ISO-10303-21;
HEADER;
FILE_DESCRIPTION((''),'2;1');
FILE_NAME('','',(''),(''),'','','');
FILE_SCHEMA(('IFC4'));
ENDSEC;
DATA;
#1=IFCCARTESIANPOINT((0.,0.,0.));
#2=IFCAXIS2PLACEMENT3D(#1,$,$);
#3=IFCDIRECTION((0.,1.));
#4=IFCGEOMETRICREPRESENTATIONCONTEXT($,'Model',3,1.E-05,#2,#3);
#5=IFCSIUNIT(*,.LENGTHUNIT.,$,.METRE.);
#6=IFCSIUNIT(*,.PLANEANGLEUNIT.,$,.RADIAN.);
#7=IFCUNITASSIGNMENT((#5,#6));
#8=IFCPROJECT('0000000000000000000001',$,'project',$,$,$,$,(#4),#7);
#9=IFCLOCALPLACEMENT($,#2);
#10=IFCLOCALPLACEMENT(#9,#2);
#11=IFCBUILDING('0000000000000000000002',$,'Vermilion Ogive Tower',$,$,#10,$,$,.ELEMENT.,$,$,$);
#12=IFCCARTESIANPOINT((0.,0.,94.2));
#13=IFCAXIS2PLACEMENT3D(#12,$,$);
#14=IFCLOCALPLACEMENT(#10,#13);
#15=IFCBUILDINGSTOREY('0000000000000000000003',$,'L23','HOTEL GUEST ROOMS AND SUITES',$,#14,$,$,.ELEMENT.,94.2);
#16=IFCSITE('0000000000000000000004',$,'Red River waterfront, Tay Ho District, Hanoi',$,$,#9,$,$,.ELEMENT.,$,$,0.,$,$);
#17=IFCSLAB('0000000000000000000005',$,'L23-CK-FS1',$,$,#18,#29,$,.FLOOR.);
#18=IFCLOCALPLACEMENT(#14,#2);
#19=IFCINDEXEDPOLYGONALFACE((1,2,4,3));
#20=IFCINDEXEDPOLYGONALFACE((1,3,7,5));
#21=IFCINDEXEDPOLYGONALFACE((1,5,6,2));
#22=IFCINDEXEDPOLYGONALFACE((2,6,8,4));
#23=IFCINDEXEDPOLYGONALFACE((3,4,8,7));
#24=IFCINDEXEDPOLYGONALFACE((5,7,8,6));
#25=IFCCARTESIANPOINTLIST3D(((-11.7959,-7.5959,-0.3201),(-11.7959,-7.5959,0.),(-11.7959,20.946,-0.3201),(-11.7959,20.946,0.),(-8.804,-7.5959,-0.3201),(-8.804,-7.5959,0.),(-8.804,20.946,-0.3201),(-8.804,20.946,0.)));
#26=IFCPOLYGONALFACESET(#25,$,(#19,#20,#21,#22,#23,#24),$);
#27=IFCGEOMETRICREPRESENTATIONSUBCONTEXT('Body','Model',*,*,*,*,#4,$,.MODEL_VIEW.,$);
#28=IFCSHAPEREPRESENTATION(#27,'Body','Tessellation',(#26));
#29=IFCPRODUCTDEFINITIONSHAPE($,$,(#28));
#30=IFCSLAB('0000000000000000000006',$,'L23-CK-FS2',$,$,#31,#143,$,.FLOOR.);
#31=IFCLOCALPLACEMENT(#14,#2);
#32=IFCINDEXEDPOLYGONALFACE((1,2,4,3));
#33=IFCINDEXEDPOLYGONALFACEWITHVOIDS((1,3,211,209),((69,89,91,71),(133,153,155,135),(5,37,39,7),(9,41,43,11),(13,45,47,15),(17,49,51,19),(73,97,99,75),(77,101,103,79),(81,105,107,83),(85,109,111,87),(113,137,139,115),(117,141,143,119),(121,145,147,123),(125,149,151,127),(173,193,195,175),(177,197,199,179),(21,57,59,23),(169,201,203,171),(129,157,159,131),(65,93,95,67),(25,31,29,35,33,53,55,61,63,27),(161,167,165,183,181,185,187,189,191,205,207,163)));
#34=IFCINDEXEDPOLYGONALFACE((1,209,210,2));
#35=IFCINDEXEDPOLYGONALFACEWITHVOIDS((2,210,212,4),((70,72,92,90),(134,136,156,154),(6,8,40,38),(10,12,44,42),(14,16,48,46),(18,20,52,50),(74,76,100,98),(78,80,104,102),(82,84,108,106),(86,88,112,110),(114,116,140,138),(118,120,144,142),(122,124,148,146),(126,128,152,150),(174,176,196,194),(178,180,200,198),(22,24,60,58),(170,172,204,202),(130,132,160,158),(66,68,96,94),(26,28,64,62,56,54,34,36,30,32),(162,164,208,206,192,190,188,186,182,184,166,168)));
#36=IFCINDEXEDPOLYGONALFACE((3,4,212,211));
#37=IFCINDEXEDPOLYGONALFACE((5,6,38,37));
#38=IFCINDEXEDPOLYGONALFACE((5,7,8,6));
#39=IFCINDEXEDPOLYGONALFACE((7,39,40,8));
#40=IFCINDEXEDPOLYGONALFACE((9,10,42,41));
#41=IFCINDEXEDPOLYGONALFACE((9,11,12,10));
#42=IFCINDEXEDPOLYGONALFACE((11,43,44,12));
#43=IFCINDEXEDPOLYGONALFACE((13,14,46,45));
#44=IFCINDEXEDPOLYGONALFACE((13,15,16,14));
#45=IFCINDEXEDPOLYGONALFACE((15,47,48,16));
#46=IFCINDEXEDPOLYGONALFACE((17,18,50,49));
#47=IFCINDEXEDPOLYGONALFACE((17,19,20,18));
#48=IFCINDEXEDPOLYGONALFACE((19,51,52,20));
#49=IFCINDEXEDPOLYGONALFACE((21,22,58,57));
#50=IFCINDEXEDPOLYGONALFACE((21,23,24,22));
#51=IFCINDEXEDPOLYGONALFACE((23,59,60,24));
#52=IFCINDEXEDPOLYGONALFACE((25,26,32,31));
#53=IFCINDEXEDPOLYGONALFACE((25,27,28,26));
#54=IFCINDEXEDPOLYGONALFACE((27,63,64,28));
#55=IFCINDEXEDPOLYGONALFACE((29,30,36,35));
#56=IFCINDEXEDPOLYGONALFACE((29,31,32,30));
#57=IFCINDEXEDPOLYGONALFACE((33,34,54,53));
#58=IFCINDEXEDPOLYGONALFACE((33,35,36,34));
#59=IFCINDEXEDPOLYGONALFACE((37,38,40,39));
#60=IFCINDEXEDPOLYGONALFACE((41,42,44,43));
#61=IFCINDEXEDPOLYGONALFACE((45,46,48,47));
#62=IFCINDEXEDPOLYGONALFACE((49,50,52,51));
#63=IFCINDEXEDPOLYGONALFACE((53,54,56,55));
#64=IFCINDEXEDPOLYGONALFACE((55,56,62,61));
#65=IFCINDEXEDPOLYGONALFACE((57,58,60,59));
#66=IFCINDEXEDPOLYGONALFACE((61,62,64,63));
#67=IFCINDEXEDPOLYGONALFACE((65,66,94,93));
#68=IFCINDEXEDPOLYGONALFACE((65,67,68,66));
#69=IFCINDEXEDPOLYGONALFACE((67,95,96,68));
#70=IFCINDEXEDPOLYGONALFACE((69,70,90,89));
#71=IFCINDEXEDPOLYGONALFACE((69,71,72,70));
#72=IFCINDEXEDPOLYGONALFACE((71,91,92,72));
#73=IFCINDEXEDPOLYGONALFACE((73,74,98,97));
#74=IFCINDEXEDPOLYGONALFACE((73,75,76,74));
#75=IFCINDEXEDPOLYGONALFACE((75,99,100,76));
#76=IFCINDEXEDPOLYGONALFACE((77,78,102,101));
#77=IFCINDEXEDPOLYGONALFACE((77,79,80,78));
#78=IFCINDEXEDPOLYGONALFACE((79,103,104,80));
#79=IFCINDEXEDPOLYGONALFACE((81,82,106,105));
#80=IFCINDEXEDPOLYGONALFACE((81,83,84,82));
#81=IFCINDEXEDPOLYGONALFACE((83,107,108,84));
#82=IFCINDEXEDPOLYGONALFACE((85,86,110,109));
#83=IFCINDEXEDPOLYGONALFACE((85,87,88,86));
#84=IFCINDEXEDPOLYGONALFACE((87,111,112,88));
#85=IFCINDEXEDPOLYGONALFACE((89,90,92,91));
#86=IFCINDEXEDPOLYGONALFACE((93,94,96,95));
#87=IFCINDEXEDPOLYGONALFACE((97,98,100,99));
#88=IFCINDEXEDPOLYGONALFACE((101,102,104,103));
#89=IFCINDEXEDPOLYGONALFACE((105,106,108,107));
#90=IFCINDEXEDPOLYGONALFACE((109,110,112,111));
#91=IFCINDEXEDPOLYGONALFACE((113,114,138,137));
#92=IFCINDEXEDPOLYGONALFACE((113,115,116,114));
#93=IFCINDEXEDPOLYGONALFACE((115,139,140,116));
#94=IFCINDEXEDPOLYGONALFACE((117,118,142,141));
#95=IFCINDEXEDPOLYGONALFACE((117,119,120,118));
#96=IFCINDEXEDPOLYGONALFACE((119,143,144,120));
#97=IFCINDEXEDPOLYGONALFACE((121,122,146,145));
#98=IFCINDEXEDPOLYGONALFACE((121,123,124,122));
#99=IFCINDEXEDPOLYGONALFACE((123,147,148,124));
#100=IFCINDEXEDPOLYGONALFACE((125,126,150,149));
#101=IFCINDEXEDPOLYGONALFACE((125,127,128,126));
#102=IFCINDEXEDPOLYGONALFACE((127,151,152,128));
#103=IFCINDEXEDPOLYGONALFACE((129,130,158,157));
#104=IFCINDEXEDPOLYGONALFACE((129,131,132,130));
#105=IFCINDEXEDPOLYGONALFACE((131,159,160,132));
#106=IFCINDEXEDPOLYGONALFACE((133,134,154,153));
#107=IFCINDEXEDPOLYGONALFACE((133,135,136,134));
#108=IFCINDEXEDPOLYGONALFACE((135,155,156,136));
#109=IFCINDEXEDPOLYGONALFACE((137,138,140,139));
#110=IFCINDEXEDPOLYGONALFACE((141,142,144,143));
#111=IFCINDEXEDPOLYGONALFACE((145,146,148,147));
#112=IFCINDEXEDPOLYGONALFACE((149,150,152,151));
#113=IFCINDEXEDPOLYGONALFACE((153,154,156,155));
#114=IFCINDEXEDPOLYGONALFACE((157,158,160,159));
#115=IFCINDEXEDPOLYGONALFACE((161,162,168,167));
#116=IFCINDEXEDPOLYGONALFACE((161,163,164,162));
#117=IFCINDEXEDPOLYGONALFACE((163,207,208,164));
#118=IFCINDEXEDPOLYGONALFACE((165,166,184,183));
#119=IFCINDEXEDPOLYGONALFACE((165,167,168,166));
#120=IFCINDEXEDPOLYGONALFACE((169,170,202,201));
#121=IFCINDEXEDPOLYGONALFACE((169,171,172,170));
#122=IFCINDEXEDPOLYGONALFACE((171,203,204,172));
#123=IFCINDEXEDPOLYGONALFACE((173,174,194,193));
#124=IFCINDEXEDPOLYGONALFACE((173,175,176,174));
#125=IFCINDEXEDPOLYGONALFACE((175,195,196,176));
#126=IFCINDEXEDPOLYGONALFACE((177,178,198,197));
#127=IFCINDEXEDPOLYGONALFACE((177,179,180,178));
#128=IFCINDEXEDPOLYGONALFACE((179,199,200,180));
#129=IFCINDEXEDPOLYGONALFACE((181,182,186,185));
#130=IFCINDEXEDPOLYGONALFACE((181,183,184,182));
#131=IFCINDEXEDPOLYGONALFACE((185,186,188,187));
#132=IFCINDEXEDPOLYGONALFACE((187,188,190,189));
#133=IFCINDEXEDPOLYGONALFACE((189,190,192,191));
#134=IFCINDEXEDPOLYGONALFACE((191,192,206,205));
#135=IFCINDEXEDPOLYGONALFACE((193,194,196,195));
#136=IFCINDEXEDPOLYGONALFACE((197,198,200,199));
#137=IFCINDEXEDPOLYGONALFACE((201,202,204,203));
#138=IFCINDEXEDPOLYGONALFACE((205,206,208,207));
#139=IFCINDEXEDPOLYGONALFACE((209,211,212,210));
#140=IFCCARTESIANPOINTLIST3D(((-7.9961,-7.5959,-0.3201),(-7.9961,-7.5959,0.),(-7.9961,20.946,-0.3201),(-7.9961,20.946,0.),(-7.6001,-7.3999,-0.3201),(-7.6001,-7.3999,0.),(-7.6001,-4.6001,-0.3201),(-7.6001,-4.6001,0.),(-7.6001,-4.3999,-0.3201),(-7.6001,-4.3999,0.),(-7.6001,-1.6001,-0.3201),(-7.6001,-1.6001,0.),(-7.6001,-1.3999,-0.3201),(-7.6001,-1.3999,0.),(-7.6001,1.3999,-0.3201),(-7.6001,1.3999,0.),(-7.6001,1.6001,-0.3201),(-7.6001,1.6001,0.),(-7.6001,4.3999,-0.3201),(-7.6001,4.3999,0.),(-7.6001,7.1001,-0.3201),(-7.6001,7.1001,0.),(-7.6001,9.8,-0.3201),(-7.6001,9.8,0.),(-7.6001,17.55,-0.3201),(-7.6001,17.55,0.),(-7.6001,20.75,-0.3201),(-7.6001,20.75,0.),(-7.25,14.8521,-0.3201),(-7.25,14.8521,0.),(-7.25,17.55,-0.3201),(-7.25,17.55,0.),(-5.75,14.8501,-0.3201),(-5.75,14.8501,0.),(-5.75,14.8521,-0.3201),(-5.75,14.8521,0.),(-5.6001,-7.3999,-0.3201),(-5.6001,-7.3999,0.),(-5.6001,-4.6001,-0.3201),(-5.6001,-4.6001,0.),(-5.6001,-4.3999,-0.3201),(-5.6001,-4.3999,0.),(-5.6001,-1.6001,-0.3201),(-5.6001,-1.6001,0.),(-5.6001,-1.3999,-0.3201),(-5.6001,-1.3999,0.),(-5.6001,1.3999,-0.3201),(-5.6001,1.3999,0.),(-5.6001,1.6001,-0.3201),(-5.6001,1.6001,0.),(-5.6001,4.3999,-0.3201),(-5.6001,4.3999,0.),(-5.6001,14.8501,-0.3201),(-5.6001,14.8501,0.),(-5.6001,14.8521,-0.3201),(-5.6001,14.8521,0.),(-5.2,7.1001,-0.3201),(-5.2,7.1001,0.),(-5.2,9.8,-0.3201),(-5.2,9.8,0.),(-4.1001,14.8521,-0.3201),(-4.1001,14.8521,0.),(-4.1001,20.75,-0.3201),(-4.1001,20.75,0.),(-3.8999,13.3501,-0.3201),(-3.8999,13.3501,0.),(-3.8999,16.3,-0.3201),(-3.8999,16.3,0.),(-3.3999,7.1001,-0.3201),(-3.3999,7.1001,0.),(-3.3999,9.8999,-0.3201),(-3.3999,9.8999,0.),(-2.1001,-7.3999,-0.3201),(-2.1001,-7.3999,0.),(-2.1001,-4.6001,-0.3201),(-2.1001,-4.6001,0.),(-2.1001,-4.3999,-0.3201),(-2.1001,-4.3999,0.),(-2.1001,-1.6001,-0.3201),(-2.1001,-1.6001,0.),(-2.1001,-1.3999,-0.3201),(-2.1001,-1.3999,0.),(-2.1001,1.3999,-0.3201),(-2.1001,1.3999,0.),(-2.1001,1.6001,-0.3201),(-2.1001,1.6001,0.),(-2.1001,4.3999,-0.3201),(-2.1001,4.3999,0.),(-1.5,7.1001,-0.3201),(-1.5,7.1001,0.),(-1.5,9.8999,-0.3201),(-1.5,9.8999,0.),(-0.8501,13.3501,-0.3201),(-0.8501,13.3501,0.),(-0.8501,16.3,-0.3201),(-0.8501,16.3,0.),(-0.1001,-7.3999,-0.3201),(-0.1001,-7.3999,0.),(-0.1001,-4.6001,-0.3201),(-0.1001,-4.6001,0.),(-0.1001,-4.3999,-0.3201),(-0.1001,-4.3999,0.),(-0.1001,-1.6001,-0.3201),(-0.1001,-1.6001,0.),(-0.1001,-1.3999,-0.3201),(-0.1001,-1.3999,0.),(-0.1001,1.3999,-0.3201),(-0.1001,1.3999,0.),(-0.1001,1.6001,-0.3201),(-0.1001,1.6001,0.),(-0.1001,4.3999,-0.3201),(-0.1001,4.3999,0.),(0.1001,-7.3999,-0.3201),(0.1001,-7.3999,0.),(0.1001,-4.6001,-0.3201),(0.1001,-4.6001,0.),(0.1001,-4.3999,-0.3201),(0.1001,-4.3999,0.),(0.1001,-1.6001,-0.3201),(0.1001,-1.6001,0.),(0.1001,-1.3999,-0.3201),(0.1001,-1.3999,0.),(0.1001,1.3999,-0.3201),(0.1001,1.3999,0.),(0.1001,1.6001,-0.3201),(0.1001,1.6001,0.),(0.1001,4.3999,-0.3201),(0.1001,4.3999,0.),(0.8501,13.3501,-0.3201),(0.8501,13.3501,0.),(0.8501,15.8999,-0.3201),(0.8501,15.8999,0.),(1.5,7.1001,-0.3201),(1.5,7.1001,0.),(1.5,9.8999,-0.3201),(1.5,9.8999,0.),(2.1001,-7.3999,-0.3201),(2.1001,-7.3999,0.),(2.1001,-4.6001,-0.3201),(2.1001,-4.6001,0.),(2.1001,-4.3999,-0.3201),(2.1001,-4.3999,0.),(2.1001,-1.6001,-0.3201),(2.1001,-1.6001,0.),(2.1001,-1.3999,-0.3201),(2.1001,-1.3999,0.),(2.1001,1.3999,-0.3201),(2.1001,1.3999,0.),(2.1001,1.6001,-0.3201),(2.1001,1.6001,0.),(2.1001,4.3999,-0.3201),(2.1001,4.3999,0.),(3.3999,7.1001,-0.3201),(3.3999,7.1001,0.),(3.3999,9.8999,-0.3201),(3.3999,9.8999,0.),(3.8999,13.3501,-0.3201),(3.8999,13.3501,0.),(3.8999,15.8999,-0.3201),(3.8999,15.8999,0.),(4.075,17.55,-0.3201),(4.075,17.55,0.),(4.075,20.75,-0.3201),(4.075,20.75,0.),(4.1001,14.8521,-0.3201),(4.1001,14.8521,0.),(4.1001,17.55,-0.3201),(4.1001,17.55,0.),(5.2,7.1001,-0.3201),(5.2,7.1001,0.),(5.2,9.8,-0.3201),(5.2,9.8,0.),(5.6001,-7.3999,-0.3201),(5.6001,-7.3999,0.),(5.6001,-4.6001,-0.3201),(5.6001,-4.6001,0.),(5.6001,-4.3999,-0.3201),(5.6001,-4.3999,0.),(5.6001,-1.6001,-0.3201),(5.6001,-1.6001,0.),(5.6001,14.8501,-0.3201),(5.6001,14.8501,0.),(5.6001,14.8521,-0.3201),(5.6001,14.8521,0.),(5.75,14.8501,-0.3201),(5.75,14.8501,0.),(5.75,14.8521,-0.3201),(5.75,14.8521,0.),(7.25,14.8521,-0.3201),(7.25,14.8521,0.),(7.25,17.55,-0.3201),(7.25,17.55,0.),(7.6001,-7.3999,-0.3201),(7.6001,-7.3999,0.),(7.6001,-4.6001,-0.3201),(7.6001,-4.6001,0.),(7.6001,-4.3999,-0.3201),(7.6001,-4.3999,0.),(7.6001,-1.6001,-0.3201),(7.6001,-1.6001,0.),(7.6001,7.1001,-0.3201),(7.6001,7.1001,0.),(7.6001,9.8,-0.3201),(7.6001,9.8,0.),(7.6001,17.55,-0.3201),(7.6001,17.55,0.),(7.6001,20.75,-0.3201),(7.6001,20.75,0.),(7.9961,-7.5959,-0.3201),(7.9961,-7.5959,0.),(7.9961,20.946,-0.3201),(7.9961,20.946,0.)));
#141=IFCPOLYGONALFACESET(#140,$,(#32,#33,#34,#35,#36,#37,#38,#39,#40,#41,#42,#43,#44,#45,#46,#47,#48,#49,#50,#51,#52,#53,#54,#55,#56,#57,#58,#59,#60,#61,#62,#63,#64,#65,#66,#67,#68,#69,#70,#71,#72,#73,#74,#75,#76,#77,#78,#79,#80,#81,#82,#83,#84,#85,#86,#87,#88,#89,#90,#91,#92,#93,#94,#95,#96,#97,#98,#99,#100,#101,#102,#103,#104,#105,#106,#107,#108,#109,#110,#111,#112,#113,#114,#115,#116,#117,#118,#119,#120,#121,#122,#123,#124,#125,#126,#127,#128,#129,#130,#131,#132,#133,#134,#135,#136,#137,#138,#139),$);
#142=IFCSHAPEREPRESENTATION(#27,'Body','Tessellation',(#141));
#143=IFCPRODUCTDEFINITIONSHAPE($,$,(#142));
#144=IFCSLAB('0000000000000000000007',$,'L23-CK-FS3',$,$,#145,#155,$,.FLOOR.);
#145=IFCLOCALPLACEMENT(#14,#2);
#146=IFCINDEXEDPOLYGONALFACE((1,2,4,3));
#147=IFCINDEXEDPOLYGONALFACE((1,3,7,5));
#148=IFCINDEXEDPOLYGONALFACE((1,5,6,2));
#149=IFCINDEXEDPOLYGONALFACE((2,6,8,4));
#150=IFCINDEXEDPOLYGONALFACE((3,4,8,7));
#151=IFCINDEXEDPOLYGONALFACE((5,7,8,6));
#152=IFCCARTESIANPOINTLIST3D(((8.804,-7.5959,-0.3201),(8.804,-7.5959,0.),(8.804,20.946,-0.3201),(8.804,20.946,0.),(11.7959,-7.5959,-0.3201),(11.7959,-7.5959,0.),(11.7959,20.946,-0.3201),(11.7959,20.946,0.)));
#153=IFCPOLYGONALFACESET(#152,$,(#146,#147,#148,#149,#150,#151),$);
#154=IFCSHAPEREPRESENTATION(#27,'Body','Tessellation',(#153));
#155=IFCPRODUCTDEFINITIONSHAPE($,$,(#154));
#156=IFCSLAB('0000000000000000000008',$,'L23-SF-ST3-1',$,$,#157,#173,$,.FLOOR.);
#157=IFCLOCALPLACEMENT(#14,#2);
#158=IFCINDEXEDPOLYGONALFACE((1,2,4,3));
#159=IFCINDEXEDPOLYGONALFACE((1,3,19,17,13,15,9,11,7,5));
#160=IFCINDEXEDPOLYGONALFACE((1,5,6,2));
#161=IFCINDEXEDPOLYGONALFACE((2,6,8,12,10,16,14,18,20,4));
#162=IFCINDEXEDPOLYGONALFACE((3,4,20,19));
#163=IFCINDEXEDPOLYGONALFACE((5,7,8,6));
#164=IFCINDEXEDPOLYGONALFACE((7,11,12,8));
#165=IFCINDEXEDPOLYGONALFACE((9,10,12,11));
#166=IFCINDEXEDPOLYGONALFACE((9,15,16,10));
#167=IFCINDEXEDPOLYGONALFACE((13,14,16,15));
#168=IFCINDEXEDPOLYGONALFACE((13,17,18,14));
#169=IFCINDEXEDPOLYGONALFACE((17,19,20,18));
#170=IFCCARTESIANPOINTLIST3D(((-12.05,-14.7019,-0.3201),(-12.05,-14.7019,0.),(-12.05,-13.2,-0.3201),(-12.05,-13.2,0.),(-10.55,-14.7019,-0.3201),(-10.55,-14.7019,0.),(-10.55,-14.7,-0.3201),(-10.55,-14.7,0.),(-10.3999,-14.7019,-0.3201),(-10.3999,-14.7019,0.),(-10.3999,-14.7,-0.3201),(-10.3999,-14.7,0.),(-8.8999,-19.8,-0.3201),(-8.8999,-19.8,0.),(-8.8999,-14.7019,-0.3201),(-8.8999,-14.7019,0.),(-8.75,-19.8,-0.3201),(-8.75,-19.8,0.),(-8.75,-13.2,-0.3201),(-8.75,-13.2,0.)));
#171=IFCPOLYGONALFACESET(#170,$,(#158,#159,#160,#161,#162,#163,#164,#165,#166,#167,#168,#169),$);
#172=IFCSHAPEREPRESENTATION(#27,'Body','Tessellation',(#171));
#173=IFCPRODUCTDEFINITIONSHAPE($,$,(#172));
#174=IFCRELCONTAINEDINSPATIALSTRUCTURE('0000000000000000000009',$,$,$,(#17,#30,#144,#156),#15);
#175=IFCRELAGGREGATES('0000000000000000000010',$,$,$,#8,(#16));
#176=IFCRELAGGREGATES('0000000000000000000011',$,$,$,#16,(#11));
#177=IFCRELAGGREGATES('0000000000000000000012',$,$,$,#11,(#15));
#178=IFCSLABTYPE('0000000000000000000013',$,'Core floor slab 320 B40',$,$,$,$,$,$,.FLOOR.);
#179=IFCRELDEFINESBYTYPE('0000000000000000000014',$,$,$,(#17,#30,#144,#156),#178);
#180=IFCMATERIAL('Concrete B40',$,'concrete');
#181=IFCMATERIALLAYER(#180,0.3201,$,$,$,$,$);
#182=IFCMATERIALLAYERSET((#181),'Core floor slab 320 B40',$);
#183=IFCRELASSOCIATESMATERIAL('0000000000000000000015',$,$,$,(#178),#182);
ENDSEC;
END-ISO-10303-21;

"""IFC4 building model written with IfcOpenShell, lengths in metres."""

from ifc_helpers import new_model, si_unit, direction, frame, origin, place, context, subcontext, project, spatial, polyline, outline, extrude, material, layer, layer_set, type_object, element, save


model = new_model("IFC4")

# Units and contexts
model_context = context("Model", 3, precision=1e-05, world=origin(), true_north=direction((0.0, 1.0)))
body_context = subcontext(model_context, "Body", "Model", "MODEL_VIEW")
ifc_project = project(units=[si_unit("LENGTHUNIT", "METRE"), si_unit("PLANEANGLEUNIT", "RADIAN")], contexts=[model_context])

# Site, building, storey
site_placement = place(None, origin())
site = spatial("IfcSite", under=ifc_project, at=site_placement, Name="Red River waterfront, Tay Ho District, Hanoi", CompositionType="ELEMENT", RefElevation=0.0)
building_placement = place(site_placement, origin())
building = spatial("IfcBuilding", under=site, at=building_placement, Name="Vermilion Ogive Tower", CompositionType="ELEMENT")
storey_placement = place(building_placement, frame((0.0, 0.0, 94.2)))
storey = spatial("IfcBuildingStorey", under=building, at=storey_placement, Name="L23", Description="HOTEL GUEST ROOMS AND SUITES", CompositionType="ELEMENT", Elevation=94.2)

# Slabs
ifc_material_1 = material(Name="Concrete B40", Category="concrete")
ifc_layer_1 = layer(ifc_material_1, 0.3201)
ifc_layer_set_1 = layer_set([ifc_layer_1], Name="Core floor slab 320 B40")
slab_type_1 = type_object("IfcSlabType", Name="Core floor slab 320 B40", PredefinedType="FLOOR", material=ifc_layer_set_1)
slab_1_placement = place(storey_placement, frame((0.0, 0.0, -0.3201)))
element("IfcSlab", 1, at=slab_1_placement, inside=storey, type_object=slab_type_1, Name="L23-CK-FS1", PredefinedType="FLOOR", context=body_context, shape_type="SweptSolid", body=[
    extrude(outline(polyline([(-8.804, 20.946), (-8.804, -7.5959), (-11.7959, -7.5959), (-11.7959, 20.946), (-8.804, 20.946)])), origin(), (0.0, 0.0, 1.0), 0.3201),
])
slab_2_placement = place(storey_placement, frame((0.0, 0.0, -0.3201)))
element("IfcSlab", 2, at=slab_2_placement, inside=storey, type_object=slab_type_1, Name="L23-CK-FS2", PredefinedType="FLOOR", context=body_context, shape_type="SweptSolid", body=[
    extrude(outline(polyline([(-7.9961, 20.946), (-7.9961, -7.5959), (7.9961, -7.5959), (7.9961, 20.946), (-7.9961, 20.946)]), holes=[polyline([(-7.6001, -4.6001), (-5.6001, -4.6001), (-5.6001, -7.3999), (-7.6001, -7.3999), (-7.6001, -4.6001)]), polyline([(-2.1001, -4.6001), (-0.1001, -4.6001), (-0.1001, -7.3999), (-2.1001, -7.3999), (-2.1001, -4.6001)]), polyline([(-7.6001, -4.3999), (-7.6001, -1.6001), (-5.6001, -1.6001), (-5.6001, -4.3999), (-7.6001, -4.3999)]), polyline([(-2.1001, -1.6001), (-0.1001, -1.6001), (-0.1001, -4.3999), (-2.1001, -4.3999), (-2.1001, -1.6001)]), polyline([(-7.6001, -1.3999), (-7.6001, 1.3999), (-5.6001, 1.3999), (-5.6001, -1.3999), (-7.6001, -1.3999)]), polyline([(-2.1001, 1.3999), (-0.1001, 1.3999), (-0.1001, -1.3999), (-2.1001, -1.3999), (-2.1001, 1.3999)]), polyline([(-7.6001, 4.3999), (-5.6001, 4.3999), (-5.6001, 1.6001), (-7.6001, 1.6001), (-7.6001, 4.3999)]), polyline([(-2.1001, 4.3999), (-0.1001, 4.3999), (-0.1001, 1.6001), (-2.1001, 1.6001), (-2.1001, 4.3999)]), polyline([(-7.6001, 9.8), (-5.2, 9.8), (-5.2, 7.1001), (-7.6001, 7.1001), (-7.6001, 9.8)]), polyline([(-3.3999, 9.8999), (-1.5, 9.8999), (-1.5, 7.1001), (-3.3999, 7.1001), (-3.3999, 9.8999)]), polyline([(-3.8999, 16.3), (-0.8501, 16.3), (-0.8501, 13.3501), (-3.8999, 13.3501), (-3.8999, 16.3)]), polyline([(-7.6001, 17.55), (-7.6001, 20.75), (-4.1001, 20.75), (-4.1001, 14.8521), (-5.6001, 14.8521), (-5.6001, 14.8501), (-5.75, 14.8501), (-5.75, 14.8521), (-7.25, 14.8521), (-7.25, 17.55), (-7.6001, 17.55)]), polyline([(0.1001, -4.6001), (2.1001, -4.6001), (2.1001, -7.3999), (0.1001, -7.3999), (0.1001, -4.6001)]), polyline([(5.6001, -4.6001), (7.6001, -4.6001), (7.6001, -7.3999), (5.6001, -7.3999), (5.6001, -4.6001)]), polyline([(0.1001, -1.6001), (2.1001, -1.6001), (2.1001, -4.3999), (0.1001, -4.3999), (0.1001, -1.6001)]), polyline([(5.6001, -1.6001), (7.6001, -1.6001), (7.6001, -4.3999), (5.6001, -4.3999), (5.6001, -1.6001)]), polyline([(0.1001, 1.3999), (2.1001, 1.3999), (2.1001, -1.3999), (0.1001, -1.3999), (0.1001, 1.3999)]), polyline([(0.1001, 4.3999), (2.1001, 4.3999), (2.1001, 1.6001), (0.1001, 1.6001), (0.1001, 4.3999)]), polyline([(5.2, 9.8), (7.6001, 9.8), (7.6001, 7.1001), (5.2, 7.1001), (5.2, 9.8)]), polyline([(1.5, 9.8999), (3.3999, 9.8999), (3.3999, 7.1001), (1.5, 7.1001), (1.5, 9.8999)]), polyline([(0.8501, 15.8999), (3.8999, 15.8999), (3.8999, 13.3501), (0.8501, 13.3501), (0.8501, 15.8999)]), polyline([(5.75, 14.8501), (5.6001, 14.8501), (5.6001, 14.8521), (4.1001, 14.8521), (4.1001, 17.55), (4.075, 17.55), (4.075, 20.75), (7.6001, 20.75), (7.6001, 17.55), (7.25, 17.55), (7.25, 14.8521), (5.75, 14.8521), (5.75, 14.8501)])]), origin(), (0.0, 0.0, 1.0), 0.3201),
])
slab_3_placement = place(storey_placement, frame((0.0, 0.0, -0.3201)))
element("IfcSlab", 3, at=slab_3_placement, inside=storey, type_object=slab_type_1, Name="L23-CK-FS3", PredefinedType="FLOOR", context=body_context, shape_type="SweptSolid", body=[
    extrude(outline(polyline([(11.7959, -7.5959), (8.804, -7.5959), (8.804, 20.946), (11.7959, 20.946), (11.7959, -7.5959)])), origin(), (0.0, 0.0, 1.0), 0.3201),
])
slab_4_placement = place(storey_placement, frame((0.0, 0.0, -0.3201)))
element("IfcSlab", 4, at=slab_4_placement, inside=storey, type_object=slab_type_1, Name="L23-SF-ST3-1", PredefinedType="FLOOR", context=body_context, shape_type="SweptSolid", body=[
    extrude(outline(polyline([(-12.05, -13.2), (-12.05, -14.7019), (-10.55, -14.7019), (-10.55, -14.7), (-10.3999, -14.7), (-10.3999, -14.7019), (-8.8999, -14.7019), (-8.8999, -19.8), (-8.75, -19.8), (-8.75, -13.2), (-12.05, -13.2)])), origin(), (0.0, 0.0, 1.0), 0.3201),
])

save(model, "model.ifc")
